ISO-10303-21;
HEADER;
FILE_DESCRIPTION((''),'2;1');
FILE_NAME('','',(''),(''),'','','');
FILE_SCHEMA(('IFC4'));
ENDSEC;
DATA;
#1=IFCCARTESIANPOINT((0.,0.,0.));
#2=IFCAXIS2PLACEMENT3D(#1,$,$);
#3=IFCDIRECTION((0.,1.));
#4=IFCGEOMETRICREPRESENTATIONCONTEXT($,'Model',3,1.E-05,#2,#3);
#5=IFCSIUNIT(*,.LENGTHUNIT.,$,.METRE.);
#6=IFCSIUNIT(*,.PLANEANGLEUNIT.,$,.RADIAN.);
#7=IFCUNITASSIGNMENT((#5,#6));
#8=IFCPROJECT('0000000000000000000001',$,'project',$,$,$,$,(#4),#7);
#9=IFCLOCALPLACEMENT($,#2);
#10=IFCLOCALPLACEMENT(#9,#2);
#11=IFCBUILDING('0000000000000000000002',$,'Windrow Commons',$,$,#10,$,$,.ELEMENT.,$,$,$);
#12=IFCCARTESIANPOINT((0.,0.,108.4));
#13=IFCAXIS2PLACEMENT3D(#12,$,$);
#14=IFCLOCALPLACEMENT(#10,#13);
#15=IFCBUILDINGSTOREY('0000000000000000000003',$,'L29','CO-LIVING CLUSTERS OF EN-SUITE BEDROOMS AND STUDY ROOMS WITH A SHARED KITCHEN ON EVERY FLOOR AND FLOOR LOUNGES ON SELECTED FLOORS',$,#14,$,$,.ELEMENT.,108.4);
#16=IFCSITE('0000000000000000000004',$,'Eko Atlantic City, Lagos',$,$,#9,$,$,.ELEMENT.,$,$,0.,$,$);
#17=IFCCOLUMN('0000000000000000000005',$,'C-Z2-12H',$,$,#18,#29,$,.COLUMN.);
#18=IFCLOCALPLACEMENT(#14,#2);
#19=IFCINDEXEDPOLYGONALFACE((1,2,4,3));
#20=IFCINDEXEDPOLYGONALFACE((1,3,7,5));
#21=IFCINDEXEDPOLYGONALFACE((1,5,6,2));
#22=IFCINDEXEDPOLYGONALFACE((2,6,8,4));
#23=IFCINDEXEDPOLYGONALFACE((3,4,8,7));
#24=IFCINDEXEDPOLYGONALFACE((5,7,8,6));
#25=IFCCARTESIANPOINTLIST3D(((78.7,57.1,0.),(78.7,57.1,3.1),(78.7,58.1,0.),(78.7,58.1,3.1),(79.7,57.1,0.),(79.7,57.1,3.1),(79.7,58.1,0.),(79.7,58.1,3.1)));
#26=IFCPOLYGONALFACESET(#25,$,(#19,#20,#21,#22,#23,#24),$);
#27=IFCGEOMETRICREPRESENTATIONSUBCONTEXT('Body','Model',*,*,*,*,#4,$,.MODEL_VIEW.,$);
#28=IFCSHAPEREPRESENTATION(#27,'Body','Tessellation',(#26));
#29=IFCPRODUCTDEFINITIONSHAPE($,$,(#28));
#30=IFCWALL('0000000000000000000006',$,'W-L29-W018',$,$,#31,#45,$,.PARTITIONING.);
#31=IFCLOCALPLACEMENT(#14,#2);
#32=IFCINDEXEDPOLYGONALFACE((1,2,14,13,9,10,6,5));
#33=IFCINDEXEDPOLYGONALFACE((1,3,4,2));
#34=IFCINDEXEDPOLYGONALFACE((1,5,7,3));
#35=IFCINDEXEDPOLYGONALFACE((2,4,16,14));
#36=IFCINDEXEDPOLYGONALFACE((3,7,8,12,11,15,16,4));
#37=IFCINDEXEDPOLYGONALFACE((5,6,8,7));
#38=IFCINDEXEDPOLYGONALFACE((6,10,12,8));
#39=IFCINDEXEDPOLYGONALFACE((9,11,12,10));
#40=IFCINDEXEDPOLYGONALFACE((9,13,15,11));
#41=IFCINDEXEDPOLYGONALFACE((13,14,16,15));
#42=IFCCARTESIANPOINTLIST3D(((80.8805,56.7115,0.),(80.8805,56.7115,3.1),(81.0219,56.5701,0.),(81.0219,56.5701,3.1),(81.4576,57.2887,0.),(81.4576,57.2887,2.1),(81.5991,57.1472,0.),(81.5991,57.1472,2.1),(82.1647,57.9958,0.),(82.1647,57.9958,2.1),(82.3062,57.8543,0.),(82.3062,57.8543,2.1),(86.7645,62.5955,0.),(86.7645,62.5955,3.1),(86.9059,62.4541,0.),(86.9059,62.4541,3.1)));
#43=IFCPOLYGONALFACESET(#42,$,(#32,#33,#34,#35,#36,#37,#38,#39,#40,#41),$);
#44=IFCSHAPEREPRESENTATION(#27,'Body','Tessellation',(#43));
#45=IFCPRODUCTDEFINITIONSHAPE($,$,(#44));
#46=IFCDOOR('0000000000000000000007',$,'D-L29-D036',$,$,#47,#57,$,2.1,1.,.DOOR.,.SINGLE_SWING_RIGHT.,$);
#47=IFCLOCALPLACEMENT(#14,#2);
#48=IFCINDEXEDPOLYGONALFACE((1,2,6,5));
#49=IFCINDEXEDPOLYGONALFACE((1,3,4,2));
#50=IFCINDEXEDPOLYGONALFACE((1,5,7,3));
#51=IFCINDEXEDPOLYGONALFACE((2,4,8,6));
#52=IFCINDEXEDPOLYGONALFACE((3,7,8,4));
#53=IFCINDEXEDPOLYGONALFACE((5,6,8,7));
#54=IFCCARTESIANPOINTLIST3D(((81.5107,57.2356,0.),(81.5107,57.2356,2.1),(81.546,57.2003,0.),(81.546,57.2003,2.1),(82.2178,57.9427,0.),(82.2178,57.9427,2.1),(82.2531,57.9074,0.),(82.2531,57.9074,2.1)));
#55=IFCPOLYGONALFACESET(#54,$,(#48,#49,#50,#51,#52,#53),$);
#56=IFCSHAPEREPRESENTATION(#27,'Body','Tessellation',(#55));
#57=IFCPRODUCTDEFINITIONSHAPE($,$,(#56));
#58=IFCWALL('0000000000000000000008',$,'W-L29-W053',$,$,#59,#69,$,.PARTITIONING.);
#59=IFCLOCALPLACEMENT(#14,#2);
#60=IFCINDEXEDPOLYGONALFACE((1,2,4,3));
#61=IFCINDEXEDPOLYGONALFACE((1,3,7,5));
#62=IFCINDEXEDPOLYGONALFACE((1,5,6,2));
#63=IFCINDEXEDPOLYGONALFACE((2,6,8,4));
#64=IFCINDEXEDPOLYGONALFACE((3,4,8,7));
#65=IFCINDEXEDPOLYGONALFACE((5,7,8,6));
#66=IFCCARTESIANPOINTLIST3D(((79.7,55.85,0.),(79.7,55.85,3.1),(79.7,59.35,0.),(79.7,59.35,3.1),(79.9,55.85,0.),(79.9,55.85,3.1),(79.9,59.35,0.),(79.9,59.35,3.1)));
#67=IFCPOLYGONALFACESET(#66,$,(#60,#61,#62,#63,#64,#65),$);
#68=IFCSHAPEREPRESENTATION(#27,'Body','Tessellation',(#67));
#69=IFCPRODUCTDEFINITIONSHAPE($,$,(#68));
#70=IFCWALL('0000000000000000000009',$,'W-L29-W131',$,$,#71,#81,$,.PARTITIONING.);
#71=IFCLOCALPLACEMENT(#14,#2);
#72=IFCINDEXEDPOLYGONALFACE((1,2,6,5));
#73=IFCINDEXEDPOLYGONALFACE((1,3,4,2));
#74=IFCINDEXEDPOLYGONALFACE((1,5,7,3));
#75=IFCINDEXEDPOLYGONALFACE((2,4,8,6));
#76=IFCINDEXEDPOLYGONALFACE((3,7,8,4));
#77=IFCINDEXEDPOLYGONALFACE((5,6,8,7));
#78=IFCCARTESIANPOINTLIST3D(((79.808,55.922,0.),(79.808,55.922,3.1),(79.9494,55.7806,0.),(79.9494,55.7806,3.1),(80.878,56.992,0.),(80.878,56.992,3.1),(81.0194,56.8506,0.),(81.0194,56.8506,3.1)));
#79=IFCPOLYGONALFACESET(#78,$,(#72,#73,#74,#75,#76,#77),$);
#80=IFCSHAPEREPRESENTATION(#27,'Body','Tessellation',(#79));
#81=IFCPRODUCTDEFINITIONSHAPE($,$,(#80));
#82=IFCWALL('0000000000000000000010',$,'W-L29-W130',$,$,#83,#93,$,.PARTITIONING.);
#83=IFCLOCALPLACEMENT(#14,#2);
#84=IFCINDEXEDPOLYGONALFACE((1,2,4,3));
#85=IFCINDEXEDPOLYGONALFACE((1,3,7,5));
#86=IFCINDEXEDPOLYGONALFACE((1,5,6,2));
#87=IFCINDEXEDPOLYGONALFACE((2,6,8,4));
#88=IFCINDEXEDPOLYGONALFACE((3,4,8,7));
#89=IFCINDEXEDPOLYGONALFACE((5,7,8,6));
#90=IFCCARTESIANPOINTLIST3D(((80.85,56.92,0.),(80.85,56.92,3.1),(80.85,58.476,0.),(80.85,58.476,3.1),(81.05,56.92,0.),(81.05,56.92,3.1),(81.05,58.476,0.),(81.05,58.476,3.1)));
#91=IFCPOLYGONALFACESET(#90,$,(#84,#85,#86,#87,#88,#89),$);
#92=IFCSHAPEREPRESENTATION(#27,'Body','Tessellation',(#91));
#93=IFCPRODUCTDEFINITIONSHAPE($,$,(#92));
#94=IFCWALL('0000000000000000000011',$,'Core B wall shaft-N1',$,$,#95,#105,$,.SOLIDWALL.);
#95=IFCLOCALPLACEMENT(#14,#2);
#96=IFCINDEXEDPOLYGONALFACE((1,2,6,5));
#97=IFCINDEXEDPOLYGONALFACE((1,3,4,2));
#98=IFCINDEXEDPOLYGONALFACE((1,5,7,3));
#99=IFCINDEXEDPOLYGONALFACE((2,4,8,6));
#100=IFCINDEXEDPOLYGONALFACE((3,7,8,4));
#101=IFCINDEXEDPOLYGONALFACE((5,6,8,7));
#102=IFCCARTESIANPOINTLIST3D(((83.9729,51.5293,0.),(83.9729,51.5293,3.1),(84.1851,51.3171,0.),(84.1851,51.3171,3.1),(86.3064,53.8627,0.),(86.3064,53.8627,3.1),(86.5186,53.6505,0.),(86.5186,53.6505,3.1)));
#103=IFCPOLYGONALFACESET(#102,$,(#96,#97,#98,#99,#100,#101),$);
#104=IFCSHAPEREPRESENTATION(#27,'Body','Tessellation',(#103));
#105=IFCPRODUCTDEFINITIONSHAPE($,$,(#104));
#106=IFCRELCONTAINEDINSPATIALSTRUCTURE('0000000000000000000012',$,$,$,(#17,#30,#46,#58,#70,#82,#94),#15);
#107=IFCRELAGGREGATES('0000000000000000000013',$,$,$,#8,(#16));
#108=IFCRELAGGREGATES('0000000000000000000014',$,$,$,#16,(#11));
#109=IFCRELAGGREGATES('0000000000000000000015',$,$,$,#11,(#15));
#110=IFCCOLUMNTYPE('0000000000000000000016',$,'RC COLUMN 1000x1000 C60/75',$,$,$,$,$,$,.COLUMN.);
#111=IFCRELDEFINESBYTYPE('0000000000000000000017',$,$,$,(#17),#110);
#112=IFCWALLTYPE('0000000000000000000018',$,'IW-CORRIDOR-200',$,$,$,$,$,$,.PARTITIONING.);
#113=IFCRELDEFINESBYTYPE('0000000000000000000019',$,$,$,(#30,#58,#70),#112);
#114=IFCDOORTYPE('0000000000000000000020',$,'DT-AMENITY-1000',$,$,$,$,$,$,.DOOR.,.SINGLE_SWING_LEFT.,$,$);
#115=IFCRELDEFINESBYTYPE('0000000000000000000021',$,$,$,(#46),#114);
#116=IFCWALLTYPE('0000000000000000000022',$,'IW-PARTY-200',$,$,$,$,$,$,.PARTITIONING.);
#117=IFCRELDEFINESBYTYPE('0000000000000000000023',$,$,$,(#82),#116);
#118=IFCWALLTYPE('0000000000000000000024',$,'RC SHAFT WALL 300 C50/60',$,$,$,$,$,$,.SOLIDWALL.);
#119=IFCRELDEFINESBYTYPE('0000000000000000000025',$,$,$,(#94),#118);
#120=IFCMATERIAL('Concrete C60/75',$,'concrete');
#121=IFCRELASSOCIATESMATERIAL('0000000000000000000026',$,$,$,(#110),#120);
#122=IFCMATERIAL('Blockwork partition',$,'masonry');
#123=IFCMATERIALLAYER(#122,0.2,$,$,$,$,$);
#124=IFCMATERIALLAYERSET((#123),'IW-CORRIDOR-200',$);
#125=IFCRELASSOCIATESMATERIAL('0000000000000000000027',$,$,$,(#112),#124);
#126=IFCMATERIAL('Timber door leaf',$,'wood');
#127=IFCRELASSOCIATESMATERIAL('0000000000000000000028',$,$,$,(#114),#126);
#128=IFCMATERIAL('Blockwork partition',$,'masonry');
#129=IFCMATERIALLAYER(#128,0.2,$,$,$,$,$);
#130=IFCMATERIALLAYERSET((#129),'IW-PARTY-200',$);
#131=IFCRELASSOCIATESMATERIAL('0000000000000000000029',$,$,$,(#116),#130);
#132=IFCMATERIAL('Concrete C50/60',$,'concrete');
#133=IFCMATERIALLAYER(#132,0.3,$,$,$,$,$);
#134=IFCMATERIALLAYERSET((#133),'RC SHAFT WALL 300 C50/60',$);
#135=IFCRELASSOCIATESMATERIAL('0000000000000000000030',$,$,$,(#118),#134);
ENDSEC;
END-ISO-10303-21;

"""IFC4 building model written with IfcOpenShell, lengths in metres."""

from ifc_helpers import new_model, si_unit, direction, frame, frame_2d, origin, origin_2d, place, context, subcontext, project, spatial, rectangle, extrude, material, layer, layer_set, material_profile, profile_set, type_object, element, fill, save


model = new_model("IFC4")

# Units and contexts
model_context = context("Model", 3, precision=1e-05, world=origin(), true_north=direction((0.0, 1.0)))
body_context = subcontext(model_context, "Body", "Model", "MODEL_VIEW")
ifc_project = project(units=[si_unit("LENGTHUNIT", "METRE"), si_unit("PLANEANGLEUNIT", "RADIAN")], contexts=[model_context])

# Site, building, storey
site_placement = place(None, origin())
site = spatial("IfcSite", under=ifc_project, at=site_placement, Name="Eko Atlantic City, Lagos", CompositionType="ELEMENT", RefElevation=0.0)
building_placement = place(site_placement, origin())
building = spatial("IfcBuilding", under=site, at=building_placement, Name="Windrow Commons", CompositionType="ELEMENT")
storey_placement = place(building_placement, frame((0.0, 0.0, 108.4)))
storey = spatial("IfcBuildingStorey", under=building, at=storey_placement, Name="L29", Description="CO-LIVING CLUSTERS OF EN-SUITE BEDROOMS AND STUDY ROOMS WITH A SHARED KITCHEN ON EVERY FLOOR AND FLOOR LOUNGES ON SELECTED FLOORS", CompositionType="ELEMENT", Elevation=108.4)

# Column
ifc_material_1 = material(Name="Concrete C60/75", Category="concrete")
ifc_material_profile = material_profile(ifc_material_1, rectangle(XDim=1.0, YDim=1.0, at=origin_2d()))
ifc_profile_set = profile_set([ifc_material_profile], Name="Concrete C60/75")
column_type = type_object("IfcColumnType", Name="RC COLUMN 1000x1000 C60/75", PredefinedType="COLUMN", material=ifc_profile_set)
column_placement = place(storey_placement, frame((79.2, 57.6, 0.0), z_axis=(0.0, 0.0, 1.0), x_axis=(1.0, 0.0, 0.0)))
element("IfcColumn", 1, at=column_placement, inside=storey, type_object=column_type, Name="C-Z2-12H", PredefinedType="COLUMN", context=body_context, shape_type="SweptSolid", body=[
    extrude(rectangle(XDim=1.0, YDim=1.0, at=origin_2d()), origin(), (0.0, 0.0, 1.0), 3.1),
])

# Wall, opening, door
ifc_material_2 = material(Name="Blockwork partition", Category="masonry")
ifc_layer_1 = layer(ifc_material_2, 0.2)
ifc_layer_set_1 = layer_set([ifc_layer_1], Name="IW-CORRIDOR-200")
wall_type_1 = type_object("IfcWallType", Name="IW-CORRIDOR-200", PredefinedType="PARTITIONING", material=ifc_layer_set_1)
wall_1_placement = place(storey_placement, frame((80.9512, 56.6408, 0.0), z_axis=(0.0, 0.0, 1.0), x_axis=(0.707107, 0.707107, 0.0)))
wall_1 = element("IfcWall", 2, at=wall_1_placement, inside=storey, type_object=wall_type_1, Name="W-L29-W018", PredefinedType="PARTITIONING", context=body_context, shape_type="SweptSolid", body=[
    extrude(rectangle(XDim=8.3212, YDim=0.2, at=frame_2d((4.1606, 0.0))), origin(), (0.0, 0.0, 1.0), 3.1),
])
opening_1_placement = place(wall_1_placement, frame((0.8162, 0.0, 0.0)))
opening_1 = element("IfcOpeningElement", 3, at=opening_1_placement, cuts=wall_1, PredefinedType="OPENING", context=body_context, shape_type="SweptSolid", body=[
    extrude(rectangle(XDim=1.0, YDim=2.1, at=frame_2d((0.5, 1.05))), frame((0.0, 0.11, 0.0), z_axis=(0.0, -1.0, 0.0), x_axis=(1.0, 0.0, 0.0)), (0.0, 0.0, 1.0), 0.22),
])
ifc_material_3 = material(Name="Timber door leaf", Category="wood")
door_type_1 = type_object("IfcDoorType", Name="DT-AMENITY-1000", OperationType="SINGLE_SWING_LEFT", PredefinedType="DOOR", material=ifc_material_3)
door_1_placement = place(opening_1_placement, origin())
door_1 = element("IfcDoor", 4, at=door_1_placement, inside=storey, type_object=door_type_1, Name="D-L29-D036", OperationType="SINGLE_SWING_RIGHT", OverallHeight=2.1, OverallWidth=1.0, PredefinedType="DOOR", context=body_context, shape_type="SweptSolid", body=[
    extrude(rectangle(XDim=1.0, YDim=2.1, at=frame_2d((0.5, 1.05))), frame((0.0, 0.025, 0.0), z_axis=(0.0, -1.0, 0.0), x_axis=(1.0, 0.0, 0.0)), (0.0, 0.0, 1.0), 0.05),
])
fill(opening_1, door_1)

# Walls
wall_2_placement = place(storey_placement, frame((79.8, 55.85, 0.0), z_axis=(0.0, 0.0, 1.0), x_axis=(0.0, 1.0, 0.0)))
element("IfcWall", 5, at=wall_2_placement, inside=storey, type_object=wall_type_1, Name="W-L29-W053", PredefinedType="PARTITIONING", context=body_context, shape_type="SweptSolid", body=[
    extrude(rectangle(XDim=3.5, YDim=0.2, at=frame_2d((1.75, 0.0))), origin(), (0.0, 0.0, 1.0), 3.1),
])
wall_3_placement = place(storey_placement, frame((79.8787, 55.8513, 0.0), z_axis=(0.0, 0.0, 1.0), x_axis=(0.707107, 0.707107, 0.0)))
element("IfcWall", 6, at=wall_3_placement, inside=storey, type_object=wall_type_1, Name="W-L29-W131", PredefinedType="PARTITIONING", context=body_context, shape_type="SweptSolid", body=[
    extrude(rectangle(XDim=1.5132, YDim=0.2, at=frame_2d((0.7566, 0.0))), origin(), (0.0, 0.0, 1.0), 3.1),
])
ifc_material_4 = material(Name="Blockwork partition", Category="masonry")
ifc_layer_2 = layer(ifc_material_4, 0.2)
ifc_layer_set_2 = layer_set([ifc_layer_2], Name="IW-PARTY-200")
wall_type_2 = type_object("IfcWallType", Name="IW-PARTY-200", PredefinedType="PARTITIONING", material=ifc_layer_set_2)
wall_4_placement = place(storey_placement, frame((80.95, 56.92, 0.0), z_axis=(0.0, 0.0, 1.0), x_axis=(0.0, 1.0, 0.0)))
element("IfcWall", 7, at=wall_4_placement, inside=storey, type_object=wall_type_2, Name="W-L29-W130", PredefinedType="PARTITIONING", context=body_context, shape_type="SweptSolid", body=[
    extrude(rectangle(XDim=1.556, YDim=0.2, at=frame_2d((0.778, 0.0))), origin(), (0.0, 0.0, 1.0), 3.1),
])
ifc_material_5 = material(Name="Concrete C50/60", Category="concrete")
ifc_layer_3 = layer(ifc_material_5, 0.3)
ifc_layer_set_3 = layer_set([ifc_layer_3], Name="RC SHAFT WALL 300 C50/60")
wall_type_3 = type_object("IfcWallType", Name="RC SHAFT WALL 300 C50/60", PredefinedType="SOLIDWALL", material=ifc_layer_set_3)
wall_5_placement = place(storey_placement, frame((84.079, 51.4232, 0.0), z_axis=(0.0, 0.0, 1.0), x_axis=(0.707122, 0.707092, 0.0)))
element("IfcWall", 8, at=wall_5_placement, inside=storey, type_object=wall_type_3, Name="Core B wall shaft-N1", PredefinedType="SOLIDWALL", context=body_context, shape_type="SweptSolid", body=[
    extrude(rectangle(XDim=3.3, YDim=0.3, at=frame_2d((1.65, 0.0))), origin(), (0.0, 0.0, 1.0), 3.1),
])

save(model, "model.ifc")
